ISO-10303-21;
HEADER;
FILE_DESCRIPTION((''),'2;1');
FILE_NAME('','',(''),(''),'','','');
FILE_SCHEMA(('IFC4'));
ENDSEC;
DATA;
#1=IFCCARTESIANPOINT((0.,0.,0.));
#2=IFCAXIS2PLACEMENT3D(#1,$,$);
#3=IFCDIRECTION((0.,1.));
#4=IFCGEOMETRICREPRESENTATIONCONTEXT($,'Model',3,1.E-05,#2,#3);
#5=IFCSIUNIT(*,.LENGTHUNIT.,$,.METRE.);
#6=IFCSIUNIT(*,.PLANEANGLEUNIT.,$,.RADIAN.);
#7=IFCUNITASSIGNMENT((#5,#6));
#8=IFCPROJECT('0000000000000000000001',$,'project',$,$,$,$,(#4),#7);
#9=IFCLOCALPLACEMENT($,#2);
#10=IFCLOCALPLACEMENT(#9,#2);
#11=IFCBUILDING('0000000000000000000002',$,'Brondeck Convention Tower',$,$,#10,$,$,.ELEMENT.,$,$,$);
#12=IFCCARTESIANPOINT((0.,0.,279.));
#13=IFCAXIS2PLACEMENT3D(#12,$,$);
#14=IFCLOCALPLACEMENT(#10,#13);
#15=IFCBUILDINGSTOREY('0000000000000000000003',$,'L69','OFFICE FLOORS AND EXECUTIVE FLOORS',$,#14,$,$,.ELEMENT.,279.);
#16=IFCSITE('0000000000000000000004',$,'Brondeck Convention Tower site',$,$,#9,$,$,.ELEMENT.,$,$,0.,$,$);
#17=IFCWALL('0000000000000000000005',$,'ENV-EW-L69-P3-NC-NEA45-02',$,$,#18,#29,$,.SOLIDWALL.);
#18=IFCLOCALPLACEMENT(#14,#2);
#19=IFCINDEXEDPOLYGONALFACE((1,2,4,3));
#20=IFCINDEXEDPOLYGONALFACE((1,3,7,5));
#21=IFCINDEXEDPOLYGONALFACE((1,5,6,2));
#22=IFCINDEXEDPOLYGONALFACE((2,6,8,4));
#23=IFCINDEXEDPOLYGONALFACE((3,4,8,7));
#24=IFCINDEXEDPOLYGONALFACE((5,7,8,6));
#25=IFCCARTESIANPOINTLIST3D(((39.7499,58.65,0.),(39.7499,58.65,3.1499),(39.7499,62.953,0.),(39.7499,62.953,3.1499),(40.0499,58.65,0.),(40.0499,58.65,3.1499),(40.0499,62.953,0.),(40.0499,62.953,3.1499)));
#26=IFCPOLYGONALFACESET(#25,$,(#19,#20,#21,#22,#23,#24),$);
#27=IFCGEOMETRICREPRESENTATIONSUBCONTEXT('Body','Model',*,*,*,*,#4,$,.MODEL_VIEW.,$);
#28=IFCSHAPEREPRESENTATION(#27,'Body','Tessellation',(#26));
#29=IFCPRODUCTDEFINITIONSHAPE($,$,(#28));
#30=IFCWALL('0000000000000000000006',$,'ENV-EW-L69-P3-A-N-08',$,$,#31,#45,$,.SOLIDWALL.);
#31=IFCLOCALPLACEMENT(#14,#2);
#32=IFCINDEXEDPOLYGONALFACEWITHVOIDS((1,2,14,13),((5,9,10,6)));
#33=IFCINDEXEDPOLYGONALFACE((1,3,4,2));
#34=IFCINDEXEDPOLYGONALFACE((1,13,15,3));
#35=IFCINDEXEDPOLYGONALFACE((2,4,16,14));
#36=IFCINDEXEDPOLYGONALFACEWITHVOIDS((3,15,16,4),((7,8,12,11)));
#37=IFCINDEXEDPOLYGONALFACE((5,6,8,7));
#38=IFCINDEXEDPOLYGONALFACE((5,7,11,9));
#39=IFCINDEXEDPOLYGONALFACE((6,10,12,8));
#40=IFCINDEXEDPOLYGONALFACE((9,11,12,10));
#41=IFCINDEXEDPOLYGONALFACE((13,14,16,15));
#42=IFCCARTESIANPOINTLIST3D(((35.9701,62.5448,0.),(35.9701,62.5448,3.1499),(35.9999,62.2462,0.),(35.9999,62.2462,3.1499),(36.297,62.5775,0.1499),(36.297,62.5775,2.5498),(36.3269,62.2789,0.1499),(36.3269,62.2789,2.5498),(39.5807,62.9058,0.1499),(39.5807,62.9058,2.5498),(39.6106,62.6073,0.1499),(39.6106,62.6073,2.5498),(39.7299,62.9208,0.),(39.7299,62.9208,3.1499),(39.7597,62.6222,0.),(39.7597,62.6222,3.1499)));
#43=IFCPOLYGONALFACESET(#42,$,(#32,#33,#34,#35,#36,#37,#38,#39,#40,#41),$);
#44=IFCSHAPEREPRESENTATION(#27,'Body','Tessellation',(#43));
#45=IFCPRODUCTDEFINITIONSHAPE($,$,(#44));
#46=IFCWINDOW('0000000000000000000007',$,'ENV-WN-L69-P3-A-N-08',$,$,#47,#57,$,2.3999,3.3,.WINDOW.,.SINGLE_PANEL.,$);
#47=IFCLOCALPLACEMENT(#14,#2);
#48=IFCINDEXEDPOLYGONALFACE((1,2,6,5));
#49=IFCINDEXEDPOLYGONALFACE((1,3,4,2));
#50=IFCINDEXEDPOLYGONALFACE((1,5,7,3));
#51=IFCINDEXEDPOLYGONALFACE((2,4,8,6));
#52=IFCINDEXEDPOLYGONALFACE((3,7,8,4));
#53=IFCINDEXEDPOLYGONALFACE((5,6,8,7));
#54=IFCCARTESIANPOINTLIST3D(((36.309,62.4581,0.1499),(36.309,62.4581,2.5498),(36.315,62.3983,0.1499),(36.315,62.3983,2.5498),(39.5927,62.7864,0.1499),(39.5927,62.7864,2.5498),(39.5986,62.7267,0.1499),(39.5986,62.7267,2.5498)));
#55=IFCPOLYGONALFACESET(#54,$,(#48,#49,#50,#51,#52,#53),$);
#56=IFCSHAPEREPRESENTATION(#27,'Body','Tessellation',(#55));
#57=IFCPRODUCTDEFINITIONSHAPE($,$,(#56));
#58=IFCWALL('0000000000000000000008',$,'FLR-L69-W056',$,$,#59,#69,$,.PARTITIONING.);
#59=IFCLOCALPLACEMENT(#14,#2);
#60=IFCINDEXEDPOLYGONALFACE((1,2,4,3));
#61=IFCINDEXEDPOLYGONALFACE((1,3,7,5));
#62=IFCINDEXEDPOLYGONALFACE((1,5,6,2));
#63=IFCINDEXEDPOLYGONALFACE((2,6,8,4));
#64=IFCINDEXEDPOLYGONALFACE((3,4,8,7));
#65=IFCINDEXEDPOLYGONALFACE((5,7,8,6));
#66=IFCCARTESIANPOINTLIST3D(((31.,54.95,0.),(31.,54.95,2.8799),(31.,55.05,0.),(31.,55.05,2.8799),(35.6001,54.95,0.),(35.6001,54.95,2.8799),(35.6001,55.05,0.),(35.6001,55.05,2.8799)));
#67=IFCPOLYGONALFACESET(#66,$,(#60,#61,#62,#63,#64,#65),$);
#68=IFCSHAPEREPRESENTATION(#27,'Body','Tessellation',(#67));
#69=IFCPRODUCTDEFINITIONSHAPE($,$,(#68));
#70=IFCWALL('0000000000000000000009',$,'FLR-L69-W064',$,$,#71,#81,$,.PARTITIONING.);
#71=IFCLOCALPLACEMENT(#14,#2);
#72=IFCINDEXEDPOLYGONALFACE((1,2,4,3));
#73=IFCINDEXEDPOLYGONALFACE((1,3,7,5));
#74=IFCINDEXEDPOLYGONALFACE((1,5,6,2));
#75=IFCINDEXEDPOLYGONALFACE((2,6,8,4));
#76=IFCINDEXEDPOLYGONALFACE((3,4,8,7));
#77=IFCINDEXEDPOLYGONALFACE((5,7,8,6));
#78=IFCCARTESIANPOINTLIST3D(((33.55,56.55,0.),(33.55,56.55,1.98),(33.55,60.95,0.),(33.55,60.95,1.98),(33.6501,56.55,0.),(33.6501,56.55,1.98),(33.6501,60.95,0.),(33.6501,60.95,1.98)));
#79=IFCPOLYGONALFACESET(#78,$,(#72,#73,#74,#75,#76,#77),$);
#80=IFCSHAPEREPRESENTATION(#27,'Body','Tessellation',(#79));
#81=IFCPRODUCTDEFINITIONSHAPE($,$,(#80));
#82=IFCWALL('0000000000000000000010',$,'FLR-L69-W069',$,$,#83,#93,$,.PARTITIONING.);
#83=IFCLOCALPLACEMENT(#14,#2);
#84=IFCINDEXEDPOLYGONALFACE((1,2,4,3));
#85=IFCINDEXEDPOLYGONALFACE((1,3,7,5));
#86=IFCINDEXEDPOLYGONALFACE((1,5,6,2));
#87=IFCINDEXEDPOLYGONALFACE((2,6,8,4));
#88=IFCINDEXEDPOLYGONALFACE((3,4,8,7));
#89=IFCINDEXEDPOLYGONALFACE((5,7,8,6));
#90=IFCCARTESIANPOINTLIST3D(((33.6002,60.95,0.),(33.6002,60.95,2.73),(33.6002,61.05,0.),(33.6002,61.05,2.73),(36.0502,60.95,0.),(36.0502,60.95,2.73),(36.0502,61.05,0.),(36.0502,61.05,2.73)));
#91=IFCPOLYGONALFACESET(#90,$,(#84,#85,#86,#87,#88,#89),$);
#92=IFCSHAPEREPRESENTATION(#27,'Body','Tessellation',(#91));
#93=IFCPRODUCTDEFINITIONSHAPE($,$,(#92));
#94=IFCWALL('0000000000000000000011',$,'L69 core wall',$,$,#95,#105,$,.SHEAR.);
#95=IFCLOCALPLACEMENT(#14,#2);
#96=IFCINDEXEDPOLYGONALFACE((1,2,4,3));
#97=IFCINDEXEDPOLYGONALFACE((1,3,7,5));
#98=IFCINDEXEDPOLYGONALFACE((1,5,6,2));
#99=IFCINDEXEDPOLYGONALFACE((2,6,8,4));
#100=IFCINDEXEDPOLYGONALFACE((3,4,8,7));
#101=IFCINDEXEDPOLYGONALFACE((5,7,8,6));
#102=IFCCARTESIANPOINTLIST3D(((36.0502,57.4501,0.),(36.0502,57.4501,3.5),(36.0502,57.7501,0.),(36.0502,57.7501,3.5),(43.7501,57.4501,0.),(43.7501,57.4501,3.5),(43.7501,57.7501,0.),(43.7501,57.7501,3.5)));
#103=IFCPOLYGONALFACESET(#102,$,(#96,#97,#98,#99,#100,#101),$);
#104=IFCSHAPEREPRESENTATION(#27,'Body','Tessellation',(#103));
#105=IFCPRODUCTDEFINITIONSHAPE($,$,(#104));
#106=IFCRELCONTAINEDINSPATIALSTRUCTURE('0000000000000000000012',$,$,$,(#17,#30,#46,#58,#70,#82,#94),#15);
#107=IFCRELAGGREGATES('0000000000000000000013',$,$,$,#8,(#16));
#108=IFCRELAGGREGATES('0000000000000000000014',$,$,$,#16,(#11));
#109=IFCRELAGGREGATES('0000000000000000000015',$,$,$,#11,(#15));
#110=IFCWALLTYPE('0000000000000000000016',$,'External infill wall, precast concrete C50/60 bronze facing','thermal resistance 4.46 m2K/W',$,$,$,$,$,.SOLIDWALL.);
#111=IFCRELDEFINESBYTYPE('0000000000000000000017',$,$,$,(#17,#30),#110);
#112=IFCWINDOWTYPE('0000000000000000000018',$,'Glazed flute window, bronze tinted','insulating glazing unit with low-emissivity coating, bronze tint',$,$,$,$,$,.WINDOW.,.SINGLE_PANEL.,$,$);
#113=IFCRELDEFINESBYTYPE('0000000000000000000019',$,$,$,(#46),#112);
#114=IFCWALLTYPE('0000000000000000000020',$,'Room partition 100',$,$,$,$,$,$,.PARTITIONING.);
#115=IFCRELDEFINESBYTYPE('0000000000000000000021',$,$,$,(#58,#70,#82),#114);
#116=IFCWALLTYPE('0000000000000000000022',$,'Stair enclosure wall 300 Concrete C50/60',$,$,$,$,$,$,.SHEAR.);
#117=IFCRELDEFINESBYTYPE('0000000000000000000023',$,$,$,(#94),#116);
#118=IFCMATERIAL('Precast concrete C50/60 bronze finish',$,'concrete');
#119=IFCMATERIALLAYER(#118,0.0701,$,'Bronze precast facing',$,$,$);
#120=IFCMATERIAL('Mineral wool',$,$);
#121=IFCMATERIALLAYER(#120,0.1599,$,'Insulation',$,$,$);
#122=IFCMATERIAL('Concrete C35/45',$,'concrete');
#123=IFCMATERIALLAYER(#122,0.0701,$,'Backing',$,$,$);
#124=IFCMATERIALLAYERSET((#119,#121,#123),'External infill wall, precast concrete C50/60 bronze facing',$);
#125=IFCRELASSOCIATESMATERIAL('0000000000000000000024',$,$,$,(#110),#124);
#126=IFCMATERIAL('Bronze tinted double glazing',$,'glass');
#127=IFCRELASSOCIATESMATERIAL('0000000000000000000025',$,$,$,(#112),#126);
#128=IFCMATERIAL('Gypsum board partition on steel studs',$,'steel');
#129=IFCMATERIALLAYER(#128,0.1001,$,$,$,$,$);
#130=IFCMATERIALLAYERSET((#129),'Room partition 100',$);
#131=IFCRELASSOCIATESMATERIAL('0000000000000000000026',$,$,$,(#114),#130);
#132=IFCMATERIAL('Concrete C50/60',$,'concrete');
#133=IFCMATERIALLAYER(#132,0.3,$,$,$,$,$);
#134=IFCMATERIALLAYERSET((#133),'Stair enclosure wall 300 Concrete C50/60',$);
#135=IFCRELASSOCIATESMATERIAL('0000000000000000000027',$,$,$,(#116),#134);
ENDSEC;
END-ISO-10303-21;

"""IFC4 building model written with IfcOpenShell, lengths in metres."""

from ifc_helpers import new_model, si_unit, direction, frame, frame_2d, origin, place, context, subcontext, project, spatial, rectangle, extrude, material, layer, layer_set, type_object, element, fill, save


model = new_model("IFC4")

# Units and contexts
model_context = context("Model", 3, precision=1e-05, world=origin(), true_north=direction((0.0, 1.0)))
body_context = subcontext(model_context, "Body", "Model", "MODEL_VIEW")
ifc_project = project(units=[si_unit("LENGTHUNIT", "METRE"), si_unit("PLANEANGLEUNIT", "RADIAN")], contexts=[model_context])

# Site, building, storey
site_placement = place(None, origin())
site = spatial("IfcSite", under=ifc_project, at=site_placement, Name="Brondeck Convention Tower site", CompositionType="ELEMENT", RefElevation=0.0)
building_placement = place(site_placement, origin())
building = spatial("IfcBuilding", under=site, at=building_placement, Name="Brondeck Convention Tower", CompositionType="ELEMENT")
storey_placement = place(building_placement, frame((0.0, 0.0, 279.0)))
storey = spatial("IfcBuildingStorey", under=building, at=storey_placement, Name="L69", Description="OFFICE FLOORS AND EXECUTIVE FLOORS", CompositionType="ELEMENT", Elevation=279.0)

# Shared definitions
ifc_material_1 = material(Name="Concrete C50/60", Category="concrete")

# Wall
ifc_material_2 = material(Name="Precast concrete C50/60 bronze finish", Category="concrete")
ifc_layer_1 = layer(ifc_material_2, 0.0701, Name="Bronze precast facing")
ifc_material_3 = material(Name="Mineral wool")
ifc_layer_2 = layer(ifc_material_3, 0.1599, Name="Insulation")
ifc_material_4 = material(Name="Concrete C35/45", Category="concrete")
ifc_layer_3 = layer(ifc_material_4, 0.0701, Name="Backing")
ifc_layer_set_1 = layer_set([ifc_layer_1, ifc_layer_2, ifc_layer_3], Name="External infill wall, precast concrete C50/60 bronze facing")
wall_type_1 = type_object("IfcWallType", Name="External infill wall, precast concrete C50/60 bronze facing", Description="thermal resistance 4.46 m2K/W", PredefinedType="SOLIDWALL", material=ifc_layer_set_1)
wall_1_placement = place(storey_placement, frame((39.8999, 62.9529, 0.0), z_axis=(0.0, 0.0, 1.0), x_axis=(0.0, -1.0, 0.0)))
element("IfcWall", 1, at=wall_1_placement, inside=storey, type_object=wall_type_1, Name="ENV-EW-L69-P3-NC-NEA45-02", PredefinedType="SOLIDWALL", context=body_context, shape_type="SweptSolid", body=[
    extrude(rectangle(XDim=4.303, YDim=0.3, at=frame_2d((2.1514, 0.0))), origin(), (0.0, 0.0, 1.0), 3.1499),
])

# Wall, opening, window
wall_2_placement = place(storey_placement, frame((35.9851, 62.3955, 0.0), z_axis=(0.0, 0.0, 1.0), x_axis=(0.995037, 0.099504, 0.0)))
wall_2 = element("IfcWall", 2, at=wall_2_placement, inside=storey, type_object=wall_type_1, Name="ENV-EW-L69-P3-A-N-08", PredefinedType="SOLIDWALL", context=body_context, shape_type="SweptSolid", body=[
    extrude(rectangle(XDim=3.7786, YDim=0.3, at=frame_2d((1.8892, 0.0))), origin(), (0.0, 0.0, 1.0), 3.1499),
])
opening_placement = place(wall_2_placement, frame((0.3286, 0.0, 0.1499)))
opening = element("IfcOpeningElement", 3, at=opening_placement, cuts=wall_2, PredefinedType="OPENING", context=body_context, shape_type="SweptSolid", body=[
    extrude(rectangle(XDim=3.3, YDim=2.3999, at=frame_2d((1.6499, 1.2))), frame((0.0, 0.1599, 0.0), z_axis=(0.0, -1.0, 0.0), x_axis=(1.0, 0.0, 0.0)), (0.0, 0.0, 1.0), 0.3201),
])
ifc_material_5 = material(Name="Bronze tinted double glazing", Category="glass")
window_type = type_object("IfcWindowType", Name="Glazed flute window, bronze tinted", Description="insulating glazing unit with low-emissivity coating, bronze tint", PartitioningType="SINGLE_PANEL", PredefinedType="WINDOW", material=ifc_material_5)
window_placement = place(opening_placement, origin())
window = element("IfcWindow", 4, at=window_placement, inside=storey, type_object=window_type, Name="ENV-WN-L69-P3-A-N-08", OverallHeight=2.3999, OverallWidth=3.3, PartitioningType="SINGLE_PANEL", PredefinedType="WINDOW", context=body_context, shape_type="SweptSolid", body=[
    extrude(rectangle(XDim=3.3, YDim=2.3999, at=frame_2d((1.6499, 1.2))), frame((0.0, 0.03, 0.0), z_axis=(0.0, -1.0, 0.0), x_axis=(1.0, 0.0, 0.0)), (0.0, 0.0, 1.0), 0.0601),
])
fill(opening, window)

# Walls
ifc_material_6 = material(Name="Gypsum board partition on steel studs", Category="steel")
ifc_layer_4 = layer(ifc_material_6, 0.1001)
ifc_layer_set_2 = layer_set([ifc_layer_4], Name="Room partition 100")
wall_type_2 = type_object("IfcWallType", Name="Room partition 100", PredefinedType="PARTITIONING", material=ifc_layer_set_2)
wall_3_placement = place(storey_placement, frame((35.6001, 55.0, 0.0), z_axis=(0.0, 0.0, 1.0), x_axis=(-1.0, 0.0, 0.0)))
element("IfcWall", 5, at=wall_3_placement, inside=storey, type_object=wall_type_2, Name="FLR-L69-W056", PredefinedType="PARTITIONING", context=body_context, shape_type="SweptSolid", body=[
    extrude(rectangle(XDim=4.6001, YDim=0.1001, at=frame_2d((2.3, 0.0))), origin(), (0.0, 0.0, 1.0), 2.8799),
])
wall_4_placement = place(storey_placement, frame((33.6001, 60.95, 0.0), z_axis=(0.0, 0.0, 1.0), x_axis=(0.0, -1.0, 0.0)))
element("IfcWall", 6, at=wall_4_placement, inside=storey, type_object=wall_type_2, Name="FLR-L69-W064", PredefinedType="PARTITIONING", context=body_context, shape_type="SweptSolid", body=[
    extrude(rectangle(XDim=4.3999, YDim=0.1001, at=frame_2d((2.2, 0.0))), origin(), (0.0, 0.0, 1.0), 1.98),
])
wall_5_placement = place(storey_placement, frame((33.6001, 61.0, 0.0), z_axis=(0.0, 0.0, 1.0), x_axis=(1.0, 0.0, 0.0)))
element("IfcWall", 7, at=wall_5_placement, inside=storey, type_object=wall_type_2, Name="FLR-L69-W069", PredefinedType="PARTITIONING", context=body_context, shape_type="SweptSolid", body=[
    extrude(rectangle(XDim=2.45, YDim=0.1001, at=frame_2d((1.2251, 0.0))), origin(), (0.0, 0.0, 1.0), 2.73),
])
ifc_layer_5 = layer(ifc_material_1, 0.3)
ifc_layer_set_3 = layer_set([ifc_layer_5], Name="Stair enclosure wall 300 Concrete C50/60")
wall_type_3 = type_object("IfcWallType", Name="Stair enclosure wall 300 Concrete C50/60", PredefinedType="SHEAR", material=ifc_layer_set_3)
wall_6_placement = place(storey_placement, frame((36.05, 57.6001, 0.0), z_axis=(0.0, 0.0, 1.0), x_axis=(1.0, 0.0, 0.0)))
element("IfcWall", 8, at=wall_6_placement, inside=storey, type_object=wall_type_3, Name="L69 core wall", PredefinedType="SHEAR", context=body_context, shape_type="SweptSolid", body=[
    extrude(rectangle(XDim=7.7, YDim=0.3, at=frame_2d((3.8501, 0.0))), origin(), (0.0, 0.0, 1.0), 3.5),
])

save(model, "model.ifc")
